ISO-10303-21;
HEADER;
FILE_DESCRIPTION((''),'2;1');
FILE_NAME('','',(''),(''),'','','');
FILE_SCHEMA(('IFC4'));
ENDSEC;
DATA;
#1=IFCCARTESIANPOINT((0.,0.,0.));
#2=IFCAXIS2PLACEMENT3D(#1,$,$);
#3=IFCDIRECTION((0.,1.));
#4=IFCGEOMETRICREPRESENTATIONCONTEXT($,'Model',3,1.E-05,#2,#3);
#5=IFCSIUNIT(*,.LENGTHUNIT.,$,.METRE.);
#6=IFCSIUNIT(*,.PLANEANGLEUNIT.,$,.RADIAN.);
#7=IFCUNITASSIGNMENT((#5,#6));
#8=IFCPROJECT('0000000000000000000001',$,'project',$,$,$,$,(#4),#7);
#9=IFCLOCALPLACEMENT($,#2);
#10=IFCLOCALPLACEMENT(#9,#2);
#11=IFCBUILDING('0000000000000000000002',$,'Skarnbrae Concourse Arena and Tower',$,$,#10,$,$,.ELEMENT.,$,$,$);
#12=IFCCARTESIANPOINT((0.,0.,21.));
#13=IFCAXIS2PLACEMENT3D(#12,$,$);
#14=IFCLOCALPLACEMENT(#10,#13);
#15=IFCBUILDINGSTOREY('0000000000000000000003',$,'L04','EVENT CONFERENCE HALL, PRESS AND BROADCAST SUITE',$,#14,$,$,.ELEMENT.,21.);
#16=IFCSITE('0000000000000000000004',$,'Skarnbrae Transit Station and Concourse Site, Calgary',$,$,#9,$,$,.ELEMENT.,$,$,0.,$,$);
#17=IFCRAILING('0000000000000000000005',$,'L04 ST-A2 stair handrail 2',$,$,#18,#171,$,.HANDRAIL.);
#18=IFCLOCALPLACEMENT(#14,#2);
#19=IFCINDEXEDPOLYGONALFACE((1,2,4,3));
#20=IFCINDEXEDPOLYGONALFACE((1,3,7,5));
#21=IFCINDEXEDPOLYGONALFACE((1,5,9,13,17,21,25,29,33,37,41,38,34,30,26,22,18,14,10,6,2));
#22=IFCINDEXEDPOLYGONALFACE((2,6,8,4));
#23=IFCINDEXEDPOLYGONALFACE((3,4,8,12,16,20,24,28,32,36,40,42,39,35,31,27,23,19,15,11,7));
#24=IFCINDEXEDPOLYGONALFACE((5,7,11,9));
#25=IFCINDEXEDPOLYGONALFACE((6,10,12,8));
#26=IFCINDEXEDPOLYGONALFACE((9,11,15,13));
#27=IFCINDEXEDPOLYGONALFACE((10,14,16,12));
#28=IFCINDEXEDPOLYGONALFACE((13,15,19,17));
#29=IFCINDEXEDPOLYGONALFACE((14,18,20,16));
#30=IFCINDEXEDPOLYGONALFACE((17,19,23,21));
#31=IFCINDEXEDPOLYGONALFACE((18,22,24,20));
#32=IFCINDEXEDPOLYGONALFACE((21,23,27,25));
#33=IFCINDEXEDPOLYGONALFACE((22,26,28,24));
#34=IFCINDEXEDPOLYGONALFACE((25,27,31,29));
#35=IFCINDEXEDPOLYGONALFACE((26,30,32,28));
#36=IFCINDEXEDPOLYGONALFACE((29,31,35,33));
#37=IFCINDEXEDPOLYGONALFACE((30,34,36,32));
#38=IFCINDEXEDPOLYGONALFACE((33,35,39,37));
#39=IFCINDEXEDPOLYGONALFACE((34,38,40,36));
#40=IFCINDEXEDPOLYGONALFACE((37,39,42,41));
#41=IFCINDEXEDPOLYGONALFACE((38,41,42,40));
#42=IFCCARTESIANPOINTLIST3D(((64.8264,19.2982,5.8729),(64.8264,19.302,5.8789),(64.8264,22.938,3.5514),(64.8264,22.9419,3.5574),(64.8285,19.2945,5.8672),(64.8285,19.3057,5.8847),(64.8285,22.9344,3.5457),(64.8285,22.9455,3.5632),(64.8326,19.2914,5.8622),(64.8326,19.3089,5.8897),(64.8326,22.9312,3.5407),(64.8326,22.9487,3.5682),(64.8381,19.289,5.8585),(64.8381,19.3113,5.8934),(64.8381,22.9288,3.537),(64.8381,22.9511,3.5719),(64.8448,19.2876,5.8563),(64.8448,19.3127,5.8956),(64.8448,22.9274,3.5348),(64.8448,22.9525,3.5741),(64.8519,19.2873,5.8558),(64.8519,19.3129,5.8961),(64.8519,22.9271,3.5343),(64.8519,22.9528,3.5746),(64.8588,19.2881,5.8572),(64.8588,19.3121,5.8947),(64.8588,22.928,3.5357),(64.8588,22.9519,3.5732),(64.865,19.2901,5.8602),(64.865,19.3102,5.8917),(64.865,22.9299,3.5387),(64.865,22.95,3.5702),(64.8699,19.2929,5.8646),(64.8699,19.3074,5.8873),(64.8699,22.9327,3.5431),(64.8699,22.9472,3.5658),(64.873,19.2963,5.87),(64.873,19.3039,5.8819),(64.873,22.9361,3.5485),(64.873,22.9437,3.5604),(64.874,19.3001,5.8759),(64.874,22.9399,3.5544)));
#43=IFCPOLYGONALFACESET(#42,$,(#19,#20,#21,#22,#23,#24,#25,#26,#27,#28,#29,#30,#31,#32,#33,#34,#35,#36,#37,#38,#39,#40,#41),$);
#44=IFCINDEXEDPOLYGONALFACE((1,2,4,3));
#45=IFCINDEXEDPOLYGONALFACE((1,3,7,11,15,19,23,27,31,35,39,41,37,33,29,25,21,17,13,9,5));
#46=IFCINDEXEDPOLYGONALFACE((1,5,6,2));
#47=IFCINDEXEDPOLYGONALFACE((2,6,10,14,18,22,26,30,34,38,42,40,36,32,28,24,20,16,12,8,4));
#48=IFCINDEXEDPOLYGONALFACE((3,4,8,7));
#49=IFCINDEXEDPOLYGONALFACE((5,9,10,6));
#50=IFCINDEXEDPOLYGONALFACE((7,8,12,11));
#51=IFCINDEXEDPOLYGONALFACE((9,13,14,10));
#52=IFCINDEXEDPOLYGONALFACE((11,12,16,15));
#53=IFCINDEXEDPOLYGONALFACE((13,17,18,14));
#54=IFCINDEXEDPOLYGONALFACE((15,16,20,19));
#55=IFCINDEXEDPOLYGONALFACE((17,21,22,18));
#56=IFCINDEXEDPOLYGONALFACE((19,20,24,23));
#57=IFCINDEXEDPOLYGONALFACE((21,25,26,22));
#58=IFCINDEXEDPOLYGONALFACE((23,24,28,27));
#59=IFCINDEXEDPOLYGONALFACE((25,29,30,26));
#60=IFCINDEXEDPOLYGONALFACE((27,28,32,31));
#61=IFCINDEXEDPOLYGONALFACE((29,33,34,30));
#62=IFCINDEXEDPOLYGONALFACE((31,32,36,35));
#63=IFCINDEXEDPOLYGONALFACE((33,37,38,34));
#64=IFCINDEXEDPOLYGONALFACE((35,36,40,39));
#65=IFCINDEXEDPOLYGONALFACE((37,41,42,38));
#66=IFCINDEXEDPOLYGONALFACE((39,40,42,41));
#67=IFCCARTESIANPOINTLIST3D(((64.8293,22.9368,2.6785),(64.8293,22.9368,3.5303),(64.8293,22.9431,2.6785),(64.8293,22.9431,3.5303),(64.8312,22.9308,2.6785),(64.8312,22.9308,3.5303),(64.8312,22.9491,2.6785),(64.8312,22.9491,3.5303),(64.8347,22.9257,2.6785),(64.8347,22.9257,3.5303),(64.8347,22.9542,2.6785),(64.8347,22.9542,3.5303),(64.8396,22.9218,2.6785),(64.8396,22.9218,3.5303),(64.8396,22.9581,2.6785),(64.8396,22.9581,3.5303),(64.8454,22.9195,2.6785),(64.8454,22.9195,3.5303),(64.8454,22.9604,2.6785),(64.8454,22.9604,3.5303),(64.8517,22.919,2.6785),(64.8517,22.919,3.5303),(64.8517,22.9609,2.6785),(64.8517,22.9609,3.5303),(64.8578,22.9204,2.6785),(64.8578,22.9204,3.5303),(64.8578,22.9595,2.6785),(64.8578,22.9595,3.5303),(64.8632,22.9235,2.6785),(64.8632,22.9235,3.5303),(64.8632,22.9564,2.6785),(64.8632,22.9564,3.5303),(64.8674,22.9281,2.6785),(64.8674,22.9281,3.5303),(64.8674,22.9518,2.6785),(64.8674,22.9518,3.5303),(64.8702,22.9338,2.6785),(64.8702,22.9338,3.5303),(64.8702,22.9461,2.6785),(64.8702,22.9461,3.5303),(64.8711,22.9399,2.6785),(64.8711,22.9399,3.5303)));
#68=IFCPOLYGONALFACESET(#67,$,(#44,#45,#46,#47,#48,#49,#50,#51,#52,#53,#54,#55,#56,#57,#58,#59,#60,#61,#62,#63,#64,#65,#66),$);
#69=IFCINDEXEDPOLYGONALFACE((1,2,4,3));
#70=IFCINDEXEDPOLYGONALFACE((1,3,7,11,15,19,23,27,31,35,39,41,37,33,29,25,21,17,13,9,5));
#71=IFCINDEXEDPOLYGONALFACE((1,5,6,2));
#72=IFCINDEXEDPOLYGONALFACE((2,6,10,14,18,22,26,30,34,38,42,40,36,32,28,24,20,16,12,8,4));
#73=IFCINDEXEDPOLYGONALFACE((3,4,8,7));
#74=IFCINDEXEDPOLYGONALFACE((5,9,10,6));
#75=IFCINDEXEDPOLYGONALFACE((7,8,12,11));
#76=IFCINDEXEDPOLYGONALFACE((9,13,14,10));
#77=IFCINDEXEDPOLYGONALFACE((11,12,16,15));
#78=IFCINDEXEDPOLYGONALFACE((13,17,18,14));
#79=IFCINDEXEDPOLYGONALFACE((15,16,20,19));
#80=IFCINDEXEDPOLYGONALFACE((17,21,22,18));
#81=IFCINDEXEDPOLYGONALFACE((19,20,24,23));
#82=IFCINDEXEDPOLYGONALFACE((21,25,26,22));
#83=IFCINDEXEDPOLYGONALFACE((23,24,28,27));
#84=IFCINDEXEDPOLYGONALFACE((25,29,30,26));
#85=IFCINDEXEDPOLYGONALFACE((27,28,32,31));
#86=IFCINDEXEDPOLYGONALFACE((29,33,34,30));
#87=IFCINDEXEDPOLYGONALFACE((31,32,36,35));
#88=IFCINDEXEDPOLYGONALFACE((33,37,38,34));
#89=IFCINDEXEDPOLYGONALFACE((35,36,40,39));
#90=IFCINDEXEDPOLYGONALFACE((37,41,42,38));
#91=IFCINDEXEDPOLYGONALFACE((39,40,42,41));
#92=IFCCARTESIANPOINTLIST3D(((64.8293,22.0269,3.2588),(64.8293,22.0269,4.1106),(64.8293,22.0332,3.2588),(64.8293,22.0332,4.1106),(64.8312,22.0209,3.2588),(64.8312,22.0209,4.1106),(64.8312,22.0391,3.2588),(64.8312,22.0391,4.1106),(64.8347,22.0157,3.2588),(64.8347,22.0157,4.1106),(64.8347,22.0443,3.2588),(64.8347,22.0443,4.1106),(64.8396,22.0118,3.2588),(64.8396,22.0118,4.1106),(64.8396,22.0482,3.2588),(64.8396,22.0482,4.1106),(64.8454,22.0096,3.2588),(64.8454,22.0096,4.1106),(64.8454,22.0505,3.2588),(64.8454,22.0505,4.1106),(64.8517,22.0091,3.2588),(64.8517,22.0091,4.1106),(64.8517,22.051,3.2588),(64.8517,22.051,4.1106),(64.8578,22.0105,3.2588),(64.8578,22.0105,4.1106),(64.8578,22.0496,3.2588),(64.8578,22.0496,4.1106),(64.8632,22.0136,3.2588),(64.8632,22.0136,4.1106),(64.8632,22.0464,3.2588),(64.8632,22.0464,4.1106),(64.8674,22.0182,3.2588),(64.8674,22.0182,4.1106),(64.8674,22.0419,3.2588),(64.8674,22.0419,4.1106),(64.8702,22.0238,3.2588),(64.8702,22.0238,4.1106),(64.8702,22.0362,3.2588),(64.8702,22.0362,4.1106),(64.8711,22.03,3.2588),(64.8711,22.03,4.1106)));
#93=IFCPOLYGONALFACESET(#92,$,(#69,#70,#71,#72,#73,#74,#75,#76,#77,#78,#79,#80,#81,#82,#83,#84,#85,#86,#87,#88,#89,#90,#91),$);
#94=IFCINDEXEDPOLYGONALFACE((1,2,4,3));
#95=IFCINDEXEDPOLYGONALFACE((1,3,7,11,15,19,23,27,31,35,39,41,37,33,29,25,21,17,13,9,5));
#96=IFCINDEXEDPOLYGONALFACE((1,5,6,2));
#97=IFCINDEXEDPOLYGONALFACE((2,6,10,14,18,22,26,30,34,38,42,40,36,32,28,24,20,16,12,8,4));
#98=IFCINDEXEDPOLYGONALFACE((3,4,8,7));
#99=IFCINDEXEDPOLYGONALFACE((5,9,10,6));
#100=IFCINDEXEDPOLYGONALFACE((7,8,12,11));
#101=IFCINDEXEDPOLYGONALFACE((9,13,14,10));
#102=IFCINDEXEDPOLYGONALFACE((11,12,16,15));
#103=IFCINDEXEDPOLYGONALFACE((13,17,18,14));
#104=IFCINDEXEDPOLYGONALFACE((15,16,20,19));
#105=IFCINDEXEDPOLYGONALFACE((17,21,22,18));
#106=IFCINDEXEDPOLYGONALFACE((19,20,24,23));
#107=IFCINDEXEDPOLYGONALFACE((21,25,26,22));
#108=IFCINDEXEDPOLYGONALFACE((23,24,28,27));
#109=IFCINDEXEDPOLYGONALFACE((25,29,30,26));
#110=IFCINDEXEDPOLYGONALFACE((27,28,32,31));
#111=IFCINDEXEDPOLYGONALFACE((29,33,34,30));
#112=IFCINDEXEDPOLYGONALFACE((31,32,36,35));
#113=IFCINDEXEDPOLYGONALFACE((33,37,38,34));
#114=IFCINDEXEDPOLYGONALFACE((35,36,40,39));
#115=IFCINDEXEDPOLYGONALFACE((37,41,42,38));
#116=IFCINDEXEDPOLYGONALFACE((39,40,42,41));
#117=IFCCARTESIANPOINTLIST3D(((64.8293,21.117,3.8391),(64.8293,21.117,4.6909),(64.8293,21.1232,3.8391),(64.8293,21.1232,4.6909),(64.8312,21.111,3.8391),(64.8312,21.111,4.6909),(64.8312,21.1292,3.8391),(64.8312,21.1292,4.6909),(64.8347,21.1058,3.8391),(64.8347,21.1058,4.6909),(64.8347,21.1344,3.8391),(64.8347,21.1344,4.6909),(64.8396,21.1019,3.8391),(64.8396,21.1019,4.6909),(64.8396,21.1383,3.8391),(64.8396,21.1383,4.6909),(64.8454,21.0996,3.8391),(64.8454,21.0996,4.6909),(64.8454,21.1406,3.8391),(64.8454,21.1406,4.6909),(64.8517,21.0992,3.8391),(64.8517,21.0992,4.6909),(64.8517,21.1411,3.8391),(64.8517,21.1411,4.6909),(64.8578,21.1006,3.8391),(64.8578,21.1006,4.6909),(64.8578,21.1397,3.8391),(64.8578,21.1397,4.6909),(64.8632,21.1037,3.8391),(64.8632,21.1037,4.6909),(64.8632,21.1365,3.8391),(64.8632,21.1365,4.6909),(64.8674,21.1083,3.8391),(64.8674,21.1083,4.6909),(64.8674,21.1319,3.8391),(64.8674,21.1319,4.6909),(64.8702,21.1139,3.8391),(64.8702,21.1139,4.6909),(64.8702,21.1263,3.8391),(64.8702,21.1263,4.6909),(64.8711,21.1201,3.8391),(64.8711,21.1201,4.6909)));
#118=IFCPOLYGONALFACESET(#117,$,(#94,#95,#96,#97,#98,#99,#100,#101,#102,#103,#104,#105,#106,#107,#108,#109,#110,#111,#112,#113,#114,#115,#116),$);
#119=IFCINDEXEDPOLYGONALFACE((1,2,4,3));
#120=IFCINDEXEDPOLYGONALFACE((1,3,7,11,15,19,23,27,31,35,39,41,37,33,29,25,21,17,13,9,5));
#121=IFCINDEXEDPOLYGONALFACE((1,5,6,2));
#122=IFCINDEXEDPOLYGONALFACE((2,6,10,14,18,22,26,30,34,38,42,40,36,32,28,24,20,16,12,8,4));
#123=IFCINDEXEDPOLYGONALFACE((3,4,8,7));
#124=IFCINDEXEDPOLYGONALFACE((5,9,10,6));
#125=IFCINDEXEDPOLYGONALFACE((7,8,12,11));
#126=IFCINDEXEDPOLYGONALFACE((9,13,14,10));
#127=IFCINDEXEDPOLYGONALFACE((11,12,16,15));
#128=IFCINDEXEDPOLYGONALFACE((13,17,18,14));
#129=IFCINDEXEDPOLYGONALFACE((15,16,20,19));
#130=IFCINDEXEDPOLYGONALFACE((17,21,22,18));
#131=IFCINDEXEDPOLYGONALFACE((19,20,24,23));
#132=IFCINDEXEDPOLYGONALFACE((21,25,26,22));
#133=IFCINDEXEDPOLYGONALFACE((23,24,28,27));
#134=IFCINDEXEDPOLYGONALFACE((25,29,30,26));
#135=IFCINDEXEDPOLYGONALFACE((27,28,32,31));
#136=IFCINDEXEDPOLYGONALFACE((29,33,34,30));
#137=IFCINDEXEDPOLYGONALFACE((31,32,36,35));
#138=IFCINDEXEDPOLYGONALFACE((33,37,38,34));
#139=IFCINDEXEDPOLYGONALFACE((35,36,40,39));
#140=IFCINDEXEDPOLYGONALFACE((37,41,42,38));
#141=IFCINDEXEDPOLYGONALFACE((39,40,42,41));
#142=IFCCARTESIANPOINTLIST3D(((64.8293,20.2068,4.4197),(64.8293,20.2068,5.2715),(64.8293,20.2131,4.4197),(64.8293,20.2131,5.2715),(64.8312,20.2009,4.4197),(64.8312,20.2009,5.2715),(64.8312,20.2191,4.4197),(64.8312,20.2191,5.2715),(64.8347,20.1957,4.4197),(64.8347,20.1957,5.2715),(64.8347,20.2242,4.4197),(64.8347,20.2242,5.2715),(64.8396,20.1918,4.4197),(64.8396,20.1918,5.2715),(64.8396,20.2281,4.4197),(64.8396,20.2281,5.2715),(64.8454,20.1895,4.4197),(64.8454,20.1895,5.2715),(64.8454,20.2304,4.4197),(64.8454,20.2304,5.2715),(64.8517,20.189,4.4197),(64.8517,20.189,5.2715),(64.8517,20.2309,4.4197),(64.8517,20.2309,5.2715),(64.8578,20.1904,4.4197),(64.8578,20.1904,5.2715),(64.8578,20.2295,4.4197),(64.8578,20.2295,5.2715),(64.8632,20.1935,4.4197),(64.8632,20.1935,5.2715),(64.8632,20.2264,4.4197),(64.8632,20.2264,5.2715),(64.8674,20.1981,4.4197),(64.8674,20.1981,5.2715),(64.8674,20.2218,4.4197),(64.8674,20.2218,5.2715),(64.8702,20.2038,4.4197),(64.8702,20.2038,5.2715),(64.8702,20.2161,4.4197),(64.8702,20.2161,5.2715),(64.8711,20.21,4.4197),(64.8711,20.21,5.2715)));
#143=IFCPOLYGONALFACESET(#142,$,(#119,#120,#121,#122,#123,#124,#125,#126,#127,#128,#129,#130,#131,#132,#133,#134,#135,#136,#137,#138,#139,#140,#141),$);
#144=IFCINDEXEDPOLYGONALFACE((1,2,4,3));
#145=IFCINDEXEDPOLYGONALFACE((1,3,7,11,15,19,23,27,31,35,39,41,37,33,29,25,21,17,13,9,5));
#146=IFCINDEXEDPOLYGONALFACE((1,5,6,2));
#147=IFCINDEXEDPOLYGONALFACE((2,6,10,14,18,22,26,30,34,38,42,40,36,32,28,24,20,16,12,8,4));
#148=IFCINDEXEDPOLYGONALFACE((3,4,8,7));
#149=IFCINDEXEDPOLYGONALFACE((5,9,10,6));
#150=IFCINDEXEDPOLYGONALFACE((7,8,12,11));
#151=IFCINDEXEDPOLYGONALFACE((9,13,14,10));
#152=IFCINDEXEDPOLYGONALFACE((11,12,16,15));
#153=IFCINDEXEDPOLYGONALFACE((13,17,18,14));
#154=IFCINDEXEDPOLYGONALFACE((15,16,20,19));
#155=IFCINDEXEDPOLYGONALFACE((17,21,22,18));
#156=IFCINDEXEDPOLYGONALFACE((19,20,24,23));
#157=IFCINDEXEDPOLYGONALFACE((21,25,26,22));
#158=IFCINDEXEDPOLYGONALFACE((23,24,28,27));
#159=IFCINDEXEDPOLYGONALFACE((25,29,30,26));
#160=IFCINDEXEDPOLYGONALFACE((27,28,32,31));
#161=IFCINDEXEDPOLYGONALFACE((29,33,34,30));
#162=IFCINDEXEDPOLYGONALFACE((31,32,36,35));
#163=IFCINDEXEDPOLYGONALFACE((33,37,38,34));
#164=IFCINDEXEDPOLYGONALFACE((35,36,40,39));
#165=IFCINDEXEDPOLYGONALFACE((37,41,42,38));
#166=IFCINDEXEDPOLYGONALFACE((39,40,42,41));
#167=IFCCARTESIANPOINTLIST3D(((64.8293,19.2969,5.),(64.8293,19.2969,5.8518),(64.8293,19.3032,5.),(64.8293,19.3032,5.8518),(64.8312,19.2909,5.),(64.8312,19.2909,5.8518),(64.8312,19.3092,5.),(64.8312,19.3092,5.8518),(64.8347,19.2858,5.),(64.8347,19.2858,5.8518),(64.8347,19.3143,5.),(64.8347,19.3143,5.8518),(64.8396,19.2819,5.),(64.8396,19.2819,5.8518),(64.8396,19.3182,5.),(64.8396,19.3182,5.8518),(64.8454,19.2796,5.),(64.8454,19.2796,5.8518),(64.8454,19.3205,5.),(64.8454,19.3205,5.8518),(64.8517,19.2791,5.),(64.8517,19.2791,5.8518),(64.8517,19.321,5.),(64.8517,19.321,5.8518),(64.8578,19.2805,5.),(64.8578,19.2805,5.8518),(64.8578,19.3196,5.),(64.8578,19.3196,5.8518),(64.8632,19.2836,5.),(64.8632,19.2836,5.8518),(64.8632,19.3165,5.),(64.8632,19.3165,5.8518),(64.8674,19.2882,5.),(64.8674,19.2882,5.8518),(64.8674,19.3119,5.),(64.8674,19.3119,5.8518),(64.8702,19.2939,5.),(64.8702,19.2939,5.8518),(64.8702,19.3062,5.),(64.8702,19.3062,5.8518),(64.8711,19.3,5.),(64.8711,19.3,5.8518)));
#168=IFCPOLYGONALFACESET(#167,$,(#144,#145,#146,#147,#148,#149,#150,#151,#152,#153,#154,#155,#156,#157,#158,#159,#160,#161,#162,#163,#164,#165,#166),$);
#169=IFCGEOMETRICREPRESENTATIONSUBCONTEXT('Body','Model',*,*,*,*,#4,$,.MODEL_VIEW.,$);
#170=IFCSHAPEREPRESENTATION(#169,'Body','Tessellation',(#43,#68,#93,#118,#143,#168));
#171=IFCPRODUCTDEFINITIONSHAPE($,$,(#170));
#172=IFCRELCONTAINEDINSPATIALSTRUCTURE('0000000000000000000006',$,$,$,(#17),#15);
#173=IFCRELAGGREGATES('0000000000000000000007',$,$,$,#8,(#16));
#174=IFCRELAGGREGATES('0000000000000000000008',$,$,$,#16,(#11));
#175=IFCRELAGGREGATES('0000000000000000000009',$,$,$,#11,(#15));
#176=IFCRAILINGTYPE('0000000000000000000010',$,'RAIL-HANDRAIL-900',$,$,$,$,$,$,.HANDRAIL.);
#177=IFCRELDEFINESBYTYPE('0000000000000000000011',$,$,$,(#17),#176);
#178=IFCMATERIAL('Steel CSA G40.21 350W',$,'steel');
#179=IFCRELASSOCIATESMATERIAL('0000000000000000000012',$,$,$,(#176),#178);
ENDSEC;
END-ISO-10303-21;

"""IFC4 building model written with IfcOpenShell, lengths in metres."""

from ifc_helpers import new_model, si_unit, direction, frame, origin, origin_2d, place, context, subcontext, project, spatial, circle, extrude, material, type_object, element, save


model = new_model("IFC4")

# Units and contexts
model_context = context("Model", 3, precision=1e-05, world=origin(), true_north=direction((0.0, 1.0)))
body_context = subcontext(model_context, "Body", "Model", "MODEL_VIEW")
ifc_project = project(units=[si_unit("LENGTHUNIT", "METRE"), si_unit("PLANEANGLEUNIT", "RADIAN")], contexts=[model_context])

# Site, building, storey
site_placement = place(None, origin())
site = spatial("IfcSite", under=ifc_project, at=site_placement, Name="Skarnbrae Transit Station and Concourse Site, Calgary", CompositionType="ELEMENT", RefElevation=0.0)
building_placement = place(site_placement, origin())
building = spatial("IfcBuilding", under=site, at=building_placement, Name="Skarnbrae Concourse Arena and Tower", CompositionType="ELEMENT")
storey_placement = place(building_placement, frame((0.0, 0.0, 21.0)))
storey = spatial("IfcBuildingStorey", under=building, at=storey_placement, Name="L04", Description="EVENT CONFERENCE HALL, PRESS AND BROADCAST SUITE", CompositionType="ELEMENT", Elevation=21.0)

# Shared definitions
ifc_material_1 = material(Name="Steel CSA G40.21 350W", Category="steel")

# Railing
railing_type_1 = type_object("IfcRailingType", Name="RAIL-HANDRAIL-900", PredefinedType="HANDRAIL", material=ifc_material_1)
railing_1_placement = place(storey_placement, frame((64.8501, 22.9399, 2.6785)))
element("IfcRailing", 1, at=railing_1_placement, inside=storey, type_object=railing_type_1, Name="L04 ST-A2 stair handrail 2", PredefinedType="HANDRAIL", context=body_context, shape_type="SweptSolid", body=[
    extrude(circle(Radius=0.0239, at=origin_2d()), frame((0.0, 0.0, 0.876), z_axis=(0.0, -0.843112, 0.537739), x_axis=(1.0, 0.0, 0.0)), (0.0, 0.0, 1.0), 4.3171),
    extrude(circle(Radius=0.021, at=origin_2d()), origin(), (0.0, 0.0, 1.0), 0.8518),
    extrude(circle(Radius=0.021, at=origin_2d()), frame((0.0, -0.9099, 0.5803)), (0.0, 0.0, 1.0), 0.8518),
    extrude(circle(Radius=0.021, at=origin_2d()), frame((0.0, -1.8198, 1.1606)), (0.0, 0.0, 1.0), 0.8518),
    extrude(circle(Radius=0.021, at=origin_2d()), frame((0.0, -2.73, 1.7412)), (0.0, 0.0, 1.0), 0.8518),
    extrude(circle(Radius=0.021, at=origin_2d()), frame((0.0, -3.6399, 2.3215)), (0.0, 0.0, 1.0), 0.8518),
])

save(model, "model.ifc")
